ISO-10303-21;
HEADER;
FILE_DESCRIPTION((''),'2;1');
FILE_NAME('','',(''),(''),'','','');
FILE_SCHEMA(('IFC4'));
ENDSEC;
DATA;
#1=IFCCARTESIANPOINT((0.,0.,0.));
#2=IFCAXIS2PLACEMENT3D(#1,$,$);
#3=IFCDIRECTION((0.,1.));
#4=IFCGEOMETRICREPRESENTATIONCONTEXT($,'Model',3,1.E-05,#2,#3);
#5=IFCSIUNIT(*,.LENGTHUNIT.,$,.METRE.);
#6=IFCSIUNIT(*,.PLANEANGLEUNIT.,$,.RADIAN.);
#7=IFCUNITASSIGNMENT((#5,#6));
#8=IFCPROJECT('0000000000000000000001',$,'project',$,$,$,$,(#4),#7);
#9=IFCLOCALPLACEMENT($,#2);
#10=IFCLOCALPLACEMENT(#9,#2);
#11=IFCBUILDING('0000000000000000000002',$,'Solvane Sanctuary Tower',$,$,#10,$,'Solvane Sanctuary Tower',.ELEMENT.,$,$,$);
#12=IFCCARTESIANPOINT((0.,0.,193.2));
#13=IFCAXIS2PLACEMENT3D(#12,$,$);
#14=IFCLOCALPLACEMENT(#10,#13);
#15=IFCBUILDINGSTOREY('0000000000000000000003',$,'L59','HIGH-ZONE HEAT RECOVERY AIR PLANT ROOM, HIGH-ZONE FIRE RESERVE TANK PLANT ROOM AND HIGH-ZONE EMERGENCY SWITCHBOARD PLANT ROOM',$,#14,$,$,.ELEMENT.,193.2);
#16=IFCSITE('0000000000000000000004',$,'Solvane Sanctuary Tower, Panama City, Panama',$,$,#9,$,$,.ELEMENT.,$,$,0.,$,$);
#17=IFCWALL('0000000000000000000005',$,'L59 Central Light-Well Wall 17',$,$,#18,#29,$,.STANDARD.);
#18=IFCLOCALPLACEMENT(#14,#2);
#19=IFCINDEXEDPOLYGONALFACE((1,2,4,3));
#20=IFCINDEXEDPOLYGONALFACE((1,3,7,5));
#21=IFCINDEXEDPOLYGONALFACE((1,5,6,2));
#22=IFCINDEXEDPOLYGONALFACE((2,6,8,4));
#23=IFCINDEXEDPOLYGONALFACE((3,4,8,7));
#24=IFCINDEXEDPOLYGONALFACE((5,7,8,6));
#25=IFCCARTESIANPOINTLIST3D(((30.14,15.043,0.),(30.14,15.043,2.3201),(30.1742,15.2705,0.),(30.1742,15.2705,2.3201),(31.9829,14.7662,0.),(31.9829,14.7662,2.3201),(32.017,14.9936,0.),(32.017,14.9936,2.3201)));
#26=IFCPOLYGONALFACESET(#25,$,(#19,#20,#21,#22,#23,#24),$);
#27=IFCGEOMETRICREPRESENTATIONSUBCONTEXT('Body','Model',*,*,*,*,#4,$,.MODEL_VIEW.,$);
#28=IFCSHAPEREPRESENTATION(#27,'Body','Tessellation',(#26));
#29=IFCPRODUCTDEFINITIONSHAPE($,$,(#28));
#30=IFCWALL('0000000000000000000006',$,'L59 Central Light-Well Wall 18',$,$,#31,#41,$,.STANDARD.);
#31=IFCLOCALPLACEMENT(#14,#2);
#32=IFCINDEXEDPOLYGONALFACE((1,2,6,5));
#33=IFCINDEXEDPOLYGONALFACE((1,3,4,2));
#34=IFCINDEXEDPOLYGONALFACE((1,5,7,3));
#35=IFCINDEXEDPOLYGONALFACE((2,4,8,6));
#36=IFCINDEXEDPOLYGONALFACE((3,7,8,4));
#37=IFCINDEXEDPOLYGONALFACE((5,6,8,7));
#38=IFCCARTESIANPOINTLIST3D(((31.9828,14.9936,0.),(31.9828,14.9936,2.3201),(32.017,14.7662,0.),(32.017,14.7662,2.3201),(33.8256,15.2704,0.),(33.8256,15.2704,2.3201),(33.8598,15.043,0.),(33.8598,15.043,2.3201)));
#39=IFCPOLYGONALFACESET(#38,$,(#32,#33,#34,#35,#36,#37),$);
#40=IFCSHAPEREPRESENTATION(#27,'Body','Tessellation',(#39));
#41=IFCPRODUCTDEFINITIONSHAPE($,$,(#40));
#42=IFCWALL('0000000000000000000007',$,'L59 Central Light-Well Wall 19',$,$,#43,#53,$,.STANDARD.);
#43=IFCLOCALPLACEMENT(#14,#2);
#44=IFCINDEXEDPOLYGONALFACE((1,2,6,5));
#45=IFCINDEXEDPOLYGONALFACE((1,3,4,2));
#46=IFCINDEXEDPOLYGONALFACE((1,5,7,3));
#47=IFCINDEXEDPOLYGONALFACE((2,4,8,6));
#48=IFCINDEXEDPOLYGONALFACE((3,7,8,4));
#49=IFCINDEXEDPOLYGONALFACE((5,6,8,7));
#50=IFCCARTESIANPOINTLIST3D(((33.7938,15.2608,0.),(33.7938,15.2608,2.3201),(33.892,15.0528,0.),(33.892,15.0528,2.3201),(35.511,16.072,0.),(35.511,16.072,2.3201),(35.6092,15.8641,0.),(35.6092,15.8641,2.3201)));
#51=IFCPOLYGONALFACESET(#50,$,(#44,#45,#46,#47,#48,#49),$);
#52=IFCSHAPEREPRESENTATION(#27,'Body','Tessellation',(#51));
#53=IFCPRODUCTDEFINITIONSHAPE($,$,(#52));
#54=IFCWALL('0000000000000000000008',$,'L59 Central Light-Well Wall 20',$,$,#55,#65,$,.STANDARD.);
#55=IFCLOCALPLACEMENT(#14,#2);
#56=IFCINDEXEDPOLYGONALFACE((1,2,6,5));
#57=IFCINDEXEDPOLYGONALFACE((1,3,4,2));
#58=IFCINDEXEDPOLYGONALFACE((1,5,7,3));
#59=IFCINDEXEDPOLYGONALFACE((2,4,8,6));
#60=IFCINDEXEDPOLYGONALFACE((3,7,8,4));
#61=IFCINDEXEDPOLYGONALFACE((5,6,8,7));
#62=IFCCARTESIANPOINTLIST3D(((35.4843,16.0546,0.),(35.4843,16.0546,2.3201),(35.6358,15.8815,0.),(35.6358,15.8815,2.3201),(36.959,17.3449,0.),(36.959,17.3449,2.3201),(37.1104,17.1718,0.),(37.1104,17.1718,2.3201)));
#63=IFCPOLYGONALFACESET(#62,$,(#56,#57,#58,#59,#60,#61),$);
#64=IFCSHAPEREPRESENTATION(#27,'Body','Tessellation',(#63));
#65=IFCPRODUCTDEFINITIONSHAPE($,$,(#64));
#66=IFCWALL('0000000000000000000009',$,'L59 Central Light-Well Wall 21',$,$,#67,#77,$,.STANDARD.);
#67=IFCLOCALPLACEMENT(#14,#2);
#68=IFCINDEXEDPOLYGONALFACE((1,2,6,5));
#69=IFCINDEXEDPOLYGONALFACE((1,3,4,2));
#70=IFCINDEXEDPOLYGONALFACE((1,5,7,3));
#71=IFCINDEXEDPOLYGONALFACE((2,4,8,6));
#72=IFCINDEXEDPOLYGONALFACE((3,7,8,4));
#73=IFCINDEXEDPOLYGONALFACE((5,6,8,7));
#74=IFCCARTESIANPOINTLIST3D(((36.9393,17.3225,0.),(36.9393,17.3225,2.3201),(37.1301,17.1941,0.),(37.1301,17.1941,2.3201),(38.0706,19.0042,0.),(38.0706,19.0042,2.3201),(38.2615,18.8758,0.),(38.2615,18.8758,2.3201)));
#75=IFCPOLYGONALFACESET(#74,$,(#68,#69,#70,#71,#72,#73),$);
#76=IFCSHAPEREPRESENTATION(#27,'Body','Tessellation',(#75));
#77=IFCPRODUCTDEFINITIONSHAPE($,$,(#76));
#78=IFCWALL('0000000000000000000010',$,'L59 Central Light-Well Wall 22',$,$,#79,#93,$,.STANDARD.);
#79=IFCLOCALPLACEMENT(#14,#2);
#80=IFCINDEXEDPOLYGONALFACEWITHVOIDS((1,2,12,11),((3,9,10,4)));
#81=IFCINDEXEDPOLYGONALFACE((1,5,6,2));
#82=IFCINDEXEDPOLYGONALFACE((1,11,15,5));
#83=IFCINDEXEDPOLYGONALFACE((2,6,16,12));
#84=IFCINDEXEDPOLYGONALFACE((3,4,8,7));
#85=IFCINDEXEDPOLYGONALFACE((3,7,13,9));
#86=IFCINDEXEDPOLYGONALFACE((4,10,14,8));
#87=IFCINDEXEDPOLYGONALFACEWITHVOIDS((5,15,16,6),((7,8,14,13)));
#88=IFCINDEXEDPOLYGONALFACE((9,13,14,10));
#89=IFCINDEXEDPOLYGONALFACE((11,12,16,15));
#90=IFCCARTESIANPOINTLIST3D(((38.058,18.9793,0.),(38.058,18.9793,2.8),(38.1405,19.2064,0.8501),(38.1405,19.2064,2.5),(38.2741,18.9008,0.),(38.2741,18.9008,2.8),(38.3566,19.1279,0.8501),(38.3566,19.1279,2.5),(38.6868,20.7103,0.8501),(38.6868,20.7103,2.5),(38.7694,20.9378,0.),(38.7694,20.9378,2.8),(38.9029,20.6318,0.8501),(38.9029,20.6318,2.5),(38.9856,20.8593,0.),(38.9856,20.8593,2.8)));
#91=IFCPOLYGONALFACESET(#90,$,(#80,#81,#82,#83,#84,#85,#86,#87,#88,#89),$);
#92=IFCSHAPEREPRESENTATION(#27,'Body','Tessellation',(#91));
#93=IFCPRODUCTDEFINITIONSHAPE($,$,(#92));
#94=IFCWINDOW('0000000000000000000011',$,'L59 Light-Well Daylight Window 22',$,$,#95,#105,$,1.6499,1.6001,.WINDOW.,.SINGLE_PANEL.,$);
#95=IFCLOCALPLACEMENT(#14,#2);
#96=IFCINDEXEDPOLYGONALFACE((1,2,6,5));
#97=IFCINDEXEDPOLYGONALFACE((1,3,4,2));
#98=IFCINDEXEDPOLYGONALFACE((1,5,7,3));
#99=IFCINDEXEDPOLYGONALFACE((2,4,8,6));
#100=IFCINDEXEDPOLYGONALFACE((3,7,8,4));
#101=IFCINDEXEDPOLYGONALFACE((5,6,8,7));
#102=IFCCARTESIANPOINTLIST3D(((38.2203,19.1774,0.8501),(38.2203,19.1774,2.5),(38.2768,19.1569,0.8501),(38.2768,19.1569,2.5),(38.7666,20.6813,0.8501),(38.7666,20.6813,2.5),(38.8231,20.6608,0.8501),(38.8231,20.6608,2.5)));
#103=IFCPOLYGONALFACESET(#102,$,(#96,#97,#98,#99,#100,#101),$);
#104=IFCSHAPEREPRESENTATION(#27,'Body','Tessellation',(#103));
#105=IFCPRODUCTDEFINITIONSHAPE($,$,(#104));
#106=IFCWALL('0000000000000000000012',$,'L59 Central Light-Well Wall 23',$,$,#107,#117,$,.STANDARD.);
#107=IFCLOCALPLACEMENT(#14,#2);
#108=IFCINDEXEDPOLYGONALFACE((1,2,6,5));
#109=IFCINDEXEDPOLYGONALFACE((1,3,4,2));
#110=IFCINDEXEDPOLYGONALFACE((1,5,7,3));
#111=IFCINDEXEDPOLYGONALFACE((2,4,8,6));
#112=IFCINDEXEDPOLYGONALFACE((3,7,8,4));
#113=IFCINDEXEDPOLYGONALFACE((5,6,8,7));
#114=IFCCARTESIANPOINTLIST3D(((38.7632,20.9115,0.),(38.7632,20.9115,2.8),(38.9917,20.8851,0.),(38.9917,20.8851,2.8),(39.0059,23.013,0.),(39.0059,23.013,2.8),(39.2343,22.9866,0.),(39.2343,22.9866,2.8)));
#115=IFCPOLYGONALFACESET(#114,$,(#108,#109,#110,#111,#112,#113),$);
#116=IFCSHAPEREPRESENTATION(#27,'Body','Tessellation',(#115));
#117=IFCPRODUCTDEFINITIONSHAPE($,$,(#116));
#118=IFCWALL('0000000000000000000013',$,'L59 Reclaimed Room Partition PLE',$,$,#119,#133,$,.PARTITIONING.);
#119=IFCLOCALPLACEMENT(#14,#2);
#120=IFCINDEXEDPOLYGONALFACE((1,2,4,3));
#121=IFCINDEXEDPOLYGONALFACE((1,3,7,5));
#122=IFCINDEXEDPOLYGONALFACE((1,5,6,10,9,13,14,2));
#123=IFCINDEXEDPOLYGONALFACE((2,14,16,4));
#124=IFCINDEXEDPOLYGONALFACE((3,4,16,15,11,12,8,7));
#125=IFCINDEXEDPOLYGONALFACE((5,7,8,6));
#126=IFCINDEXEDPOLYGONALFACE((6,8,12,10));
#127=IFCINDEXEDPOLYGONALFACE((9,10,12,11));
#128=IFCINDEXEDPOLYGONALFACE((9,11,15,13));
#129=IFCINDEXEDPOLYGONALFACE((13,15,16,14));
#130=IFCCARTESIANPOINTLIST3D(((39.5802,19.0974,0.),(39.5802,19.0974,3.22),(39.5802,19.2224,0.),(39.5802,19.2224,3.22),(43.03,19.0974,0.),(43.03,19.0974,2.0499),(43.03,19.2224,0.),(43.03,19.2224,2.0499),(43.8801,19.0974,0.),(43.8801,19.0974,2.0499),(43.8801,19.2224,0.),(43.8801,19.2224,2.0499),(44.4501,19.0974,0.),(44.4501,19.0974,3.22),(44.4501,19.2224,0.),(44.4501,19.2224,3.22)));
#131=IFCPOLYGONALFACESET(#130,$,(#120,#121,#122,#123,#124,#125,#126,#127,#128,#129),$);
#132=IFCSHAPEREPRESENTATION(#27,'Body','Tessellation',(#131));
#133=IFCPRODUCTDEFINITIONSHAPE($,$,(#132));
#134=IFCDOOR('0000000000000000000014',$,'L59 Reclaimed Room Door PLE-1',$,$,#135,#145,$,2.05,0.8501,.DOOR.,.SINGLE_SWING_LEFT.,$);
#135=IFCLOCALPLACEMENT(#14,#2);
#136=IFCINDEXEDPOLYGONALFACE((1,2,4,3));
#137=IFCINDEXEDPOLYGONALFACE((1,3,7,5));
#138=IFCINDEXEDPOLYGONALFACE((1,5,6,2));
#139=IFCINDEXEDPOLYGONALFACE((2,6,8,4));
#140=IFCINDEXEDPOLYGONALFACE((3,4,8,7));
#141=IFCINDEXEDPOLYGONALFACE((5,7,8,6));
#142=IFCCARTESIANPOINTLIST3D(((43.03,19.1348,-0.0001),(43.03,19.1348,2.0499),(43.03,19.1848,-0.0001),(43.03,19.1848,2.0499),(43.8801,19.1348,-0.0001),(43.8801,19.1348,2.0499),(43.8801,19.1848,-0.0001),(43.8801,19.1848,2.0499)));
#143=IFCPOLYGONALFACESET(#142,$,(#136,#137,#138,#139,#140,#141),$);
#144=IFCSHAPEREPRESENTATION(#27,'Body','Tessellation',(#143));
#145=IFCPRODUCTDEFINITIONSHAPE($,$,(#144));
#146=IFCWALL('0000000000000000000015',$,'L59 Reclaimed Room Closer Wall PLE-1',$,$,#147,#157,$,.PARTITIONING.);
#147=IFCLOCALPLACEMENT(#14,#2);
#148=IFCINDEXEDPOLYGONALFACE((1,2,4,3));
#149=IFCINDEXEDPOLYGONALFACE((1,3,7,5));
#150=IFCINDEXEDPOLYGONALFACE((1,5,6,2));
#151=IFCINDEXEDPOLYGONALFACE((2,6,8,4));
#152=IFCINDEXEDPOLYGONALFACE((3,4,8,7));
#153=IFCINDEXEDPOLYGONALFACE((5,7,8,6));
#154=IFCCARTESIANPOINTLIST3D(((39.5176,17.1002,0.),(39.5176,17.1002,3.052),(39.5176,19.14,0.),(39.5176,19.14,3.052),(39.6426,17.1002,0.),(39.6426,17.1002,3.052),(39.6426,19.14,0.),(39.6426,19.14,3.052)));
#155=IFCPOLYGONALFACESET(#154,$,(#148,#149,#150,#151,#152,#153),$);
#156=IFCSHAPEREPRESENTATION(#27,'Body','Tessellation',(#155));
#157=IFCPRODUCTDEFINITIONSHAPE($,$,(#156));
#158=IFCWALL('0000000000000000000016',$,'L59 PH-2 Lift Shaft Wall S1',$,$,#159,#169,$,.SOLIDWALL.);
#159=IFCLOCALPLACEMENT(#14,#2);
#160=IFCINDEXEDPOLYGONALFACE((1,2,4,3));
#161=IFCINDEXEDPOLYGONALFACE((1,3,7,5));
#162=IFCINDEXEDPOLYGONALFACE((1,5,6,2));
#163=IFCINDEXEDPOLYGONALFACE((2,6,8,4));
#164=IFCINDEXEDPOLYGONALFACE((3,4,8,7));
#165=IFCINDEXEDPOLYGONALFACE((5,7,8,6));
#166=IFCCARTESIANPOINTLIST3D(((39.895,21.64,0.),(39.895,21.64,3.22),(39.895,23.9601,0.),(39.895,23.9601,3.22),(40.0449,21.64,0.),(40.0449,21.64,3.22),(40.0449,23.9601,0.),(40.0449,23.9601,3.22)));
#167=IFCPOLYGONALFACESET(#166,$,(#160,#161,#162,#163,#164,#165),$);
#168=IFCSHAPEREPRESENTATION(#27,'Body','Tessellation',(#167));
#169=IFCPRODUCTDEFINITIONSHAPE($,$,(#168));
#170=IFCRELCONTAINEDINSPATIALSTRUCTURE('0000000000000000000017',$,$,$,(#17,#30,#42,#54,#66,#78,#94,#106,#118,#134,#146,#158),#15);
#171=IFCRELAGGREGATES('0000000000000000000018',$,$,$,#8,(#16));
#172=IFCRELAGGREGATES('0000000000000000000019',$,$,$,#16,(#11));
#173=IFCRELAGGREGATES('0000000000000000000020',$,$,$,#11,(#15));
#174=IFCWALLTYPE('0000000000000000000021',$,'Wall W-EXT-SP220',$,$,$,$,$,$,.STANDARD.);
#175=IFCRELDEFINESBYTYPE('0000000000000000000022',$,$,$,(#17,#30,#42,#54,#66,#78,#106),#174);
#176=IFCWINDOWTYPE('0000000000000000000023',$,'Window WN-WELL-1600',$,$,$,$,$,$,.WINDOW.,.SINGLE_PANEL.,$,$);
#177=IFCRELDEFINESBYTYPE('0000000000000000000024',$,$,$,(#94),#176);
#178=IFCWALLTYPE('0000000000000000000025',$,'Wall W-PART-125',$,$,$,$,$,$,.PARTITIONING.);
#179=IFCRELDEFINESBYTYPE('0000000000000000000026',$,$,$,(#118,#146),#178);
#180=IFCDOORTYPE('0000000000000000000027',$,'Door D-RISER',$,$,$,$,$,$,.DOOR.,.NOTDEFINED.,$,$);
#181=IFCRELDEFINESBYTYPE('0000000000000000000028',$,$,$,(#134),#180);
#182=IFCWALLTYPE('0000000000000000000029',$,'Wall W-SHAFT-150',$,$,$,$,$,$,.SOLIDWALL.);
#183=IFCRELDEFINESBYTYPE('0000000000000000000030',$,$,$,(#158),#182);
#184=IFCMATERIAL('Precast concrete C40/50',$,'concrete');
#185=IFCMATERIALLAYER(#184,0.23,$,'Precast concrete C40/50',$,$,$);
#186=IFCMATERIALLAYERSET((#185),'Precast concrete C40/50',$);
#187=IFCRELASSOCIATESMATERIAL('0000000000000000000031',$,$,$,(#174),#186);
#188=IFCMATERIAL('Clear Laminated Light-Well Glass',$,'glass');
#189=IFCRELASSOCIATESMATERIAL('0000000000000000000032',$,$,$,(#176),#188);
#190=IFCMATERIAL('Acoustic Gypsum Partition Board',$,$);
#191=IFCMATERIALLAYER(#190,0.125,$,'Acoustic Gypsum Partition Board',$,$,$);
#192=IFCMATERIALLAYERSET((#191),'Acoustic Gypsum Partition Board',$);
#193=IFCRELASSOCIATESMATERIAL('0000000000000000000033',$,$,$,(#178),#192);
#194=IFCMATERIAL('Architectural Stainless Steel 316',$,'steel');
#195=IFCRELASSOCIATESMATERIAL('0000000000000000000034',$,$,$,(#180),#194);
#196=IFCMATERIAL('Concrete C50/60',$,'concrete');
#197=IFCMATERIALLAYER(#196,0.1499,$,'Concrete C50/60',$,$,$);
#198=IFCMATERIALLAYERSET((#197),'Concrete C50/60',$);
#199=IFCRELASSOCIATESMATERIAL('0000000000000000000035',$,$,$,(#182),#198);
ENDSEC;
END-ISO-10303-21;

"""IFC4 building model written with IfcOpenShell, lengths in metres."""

from ifc_helpers import new_model, si_unit, direction, frame, frame_2d, origin, place, context, subcontext, project, spatial, rectangle, extrude, material, layer, layer_set, type_object, element, fill, save


model = new_model("IFC4")

# Units and contexts
model_context = context("Model", 3, precision=1e-05, world=origin(), true_north=direction((0.0, 1.0)))
body_context = subcontext(model_context, "Body", "Model", "MODEL_VIEW")
ifc_project = project(units=[si_unit("LENGTHUNIT", "METRE"), si_unit("PLANEANGLEUNIT", "RADIAN")], contexts=[model_context])

# Site, building, storey
site_placement = place(None, origin())
site = spatial("IfcSite", under=ifc_project, at=site_placement, Name="Solvane Sanctuary Tower, Panama City, Panama", CompositionType="ELEMENT", RefElevation=0.0)
building_placement = place(site_placement, origin())
building = spatial("IfcBuilding", under=site, at=building_placement, Name="Solvane Sanctuary Tower", LongName="Solvane Sanctuary Tower", CompositionType="ELEMENT")
storey_placement = place(building_placement, frame((0.0, 0.0, 193.2)))
storey = spatial("IfcBuildingStorey", under=building, at=storey_placement, Name="L59", Description="HIGH-ZONE HEAT RECOVERY AIR PLANT ROOM, HIGH-ZONE FIRE RESERVE TANK PLANT ROOM AND HIGH-ZONE EMERGENCY SWITCHBOARD PLANT ROOM", CompositionType="ELEMENT", Elevation=193.2)

# Shared definitions
ifc_material_1 = material(Name="Concrete C50/60", Category="concrete")

# Walls
ifc_material_2 = material(Name="Precast concrete C40/50", Category="concrete")
ifc_layer_1 = layer(ifc_material_2, 0.23, Name="Precast concrete C40/50")
ifc_layer_set_1 = layer_set([ifc_layer_1], Name="Precast concrete C40/50")
wall_type_1 = type_object("IfcWallType", Name="Wall W-EXT-SP220", PredefinedType="STANDARD", material=ifc_layer_set_1)
for number, where, z_axis, x_axis, name in (
    (1, (30.1572, 15.1567, 0.0), (0.0, 0.0, 1.0), (0.988902, -0.148571, 0.0), "L59 Central Light-Well Wall 17"),
    (2, (32.0, 14.8799, 0.0), (0.0, 0.0, 1.0), (0.988902, 0.148571, 0.0), "L59 Central Light-Well Wall 18"),
):
    element("IfcWall", number, at=place(storey_placement, frame(where, z_axis=z_axis, x_axis=x_axis)), inside=storey, type_object=wall_type_1, Name=name, PredefinedType="STANDARD", context=body_context, shape_type="SweptSolid", body=[
        extrude(rectangle(XDim=1.8635, YDim=0.23, at=frame_2d((0.9316, 0.0))), origin(), (0.0, 0.0, 1.0), 2.3201),
    ])
wall_1_placement = place(storey_placement, frame((33.8428, 15.1567, 0.0), z_axis=(0.0, 0.0, 1.0), x_axis=(0.90418, 0.427152, 0.0)))
element("IfcWall", 3, at=wall_1_placement, inside=storey, type_object=wall_type_1, Name="L59 Central Light-Well Wall 19", PredefinedType="STANDARD", context=body_context, shape_type="SweptSolid", body=[
    extrude(rectangle(XDim=1.8992, YDim=0.23, at=frame_2d((0.9497, 0.0))), origin(), (0.0, 0.0, 1.0), 2.3201),
])
wall_2_placement = place(storey_placement, frame((35.5601, 15.968, 0.0), z_axis=(0.0, 0.0, 1.0), x_axis=(0.752577, 0.658505, 0.0)))
element("IfcWall", 4, at=wall_2_placement, inside=storey, type_object=wall_type_1, Name="L59 Central Light-Well Wall 20", PredefinedType="STANDARD", context=body_context, shape_type="SweptSolid", body=[
    extrude(rectangle(XDim=1.9595, YDim=0.23, at=frame_2d((0.9797, 0.0))), origin(), (0.0, 0.0, 1.0), 2.3201),
])
wall_3_placement = place(storey_placement, frame((37.0347, 17.2583, 0.0), z_axis=(0.0, 0.0, 1.0), x_axis=(0.558198, 0.829708, 0.0)))
element("IfcWall", 5, at=wall_3_placement, inside=storey, type_object=wall_type_1, Name="L59 Central Light-Well Wall 21", PredefinedType="STANDARD", context=body_context, shape_type="SweptSolid", body=[
    extrude(rectangle(XDim=2.0269, YDim=0.23, at=frame_2d((1.0134, 0.0))), origin(), (0.0, 0.0, 1.0), 2.3201),
])

# Wall, opening, window
wall_4_placement = place(storey_placement, frame((38.166, 18.9399, 0.0), z_axis=(0.0, 0.0, 1.0), x_axis=(0.341423, 0.93991, 0.0)))
wall_4 = element("IfcWall", 6, at=wall_4_placement, inside=storey, type_object=wall_type_1, Name="L59 Central Light-Well Wall 22", PredefinedType="STANDARD", context=body_context, shape_type="SweptSolid", body=[
    extrude(rectangle(XDim=2.0837, YDim=0.23, at=frame_2d((1.042, 0.0))), origin(), (0.0, 0.0, 1.0), 2.8),
])
opening_1_placement = place(wall_4_placement, frame((0.2417, 0.0, 0.8501)))
opening_1 = element("IfcOpeningElement", 7, at=opening_1_placement, cuts=wall_4, PredefinedType="OPENING", context=body_context, shape_type="SweptSolid", body=[
    extrude(rectangle(XDim=1.6001, YDim=1.6499, at=frame_2d((0.8, 0.825))), frame((0.0, 0.125, 0.0), z_axis=(0.0, -1.0, 0.0), x_axis=(1.0, 0.0, 0.0)), (0.0, 0.0, 1.0), 0.25),
])
ifc_material_3 = material(Name="Clear Laminated Light-Well Glass", Category="glass")
window_type = type_object("IfcWindowType", Name="Window WN-WELL-1600", PartitioningType="SINGLE_PANEL", PredefinedType="WINDOW", material=ifc_material_3)
window_placement = place(opening_1_placement, origin())
window = element("IfcWindow", 8, at=window_placement, inside=storey, type_object=window_type, Name="L59 Light-Well Daylight Window 22", OverallHeight=1.6499, OverallWidth=1.6001, PartitioningType="SINGLE_PANEL", PredefinedType="WINDOW", context=body_context, shape_type="SweptSolid", body=[
    extrude(rectangle(XDim=1.6001, YDim=1.6499, at=frame_2d((0.8, 0.825))), frame((0.0, 0.03, 0.0), z_axis=(0.0, -1.0, 0.0), x_axis=(1.0, 0.0, 0.0)), (0.0, 0.0, 1.0), 0.0601),
])
fill(opening_1, window)

# Wall
wall_5_placement = place(storey_placement, frame((38.8774, 20.8984, 0.0), z_axis=(0.0, 0.0, 1.0), x_axis=(0.114712, 0.993399, 0.0)))
element("IfcWall", 9, at=wall_5_placement, inside=storey, type_object=wall_type_1, Name="L59 Central Light-Well Wall 23", PredefinedType="STANDARD", context=body_context, shape_type="SweptSolid", body=[
    extrude(rectangle(XDim=2.1155, YDim=0.23, at=frame_2d((1.0576, 0.0))), origin(), (0.0, 0.0, 1.0), 2.8),
])

# Wall, opening, door
ifc_material_4 = material(Name="Acoustic Gypsum Partition Board")
ifc_layer_2 = layer(ifc_material_4, 0.125, Name="Acoustic Gypsum Partition Board")
ifc_layer_set_2 = layer_set([ifc_layer_2], Name="Acoustic Gypsum Partition Board")
wall_type_2 = type_object("IfcWallType", Name="Wall W-PART-125", PredefinedType="PARTITIONING", material=ifc_layer_set_2)
wall_6_placement = place(storey_placement, frame((39.5801, 19.1599, 0.0), z_axis=(0.0, 0.0, 1.0), x_axis=(1.0, 0.0, 0.0)))
wall_6 = element("IfcWall", 10, at=wall_6_placement, inside=storey, type_object=wall_type_2, Name="L59 Reclaimed Room Partition PLE", PredefinedType="PARTITIONING", context=body_context, shape_type="SweptSolid", body=[
    extrude(rectangle(XDim=4.8699, YDim=0.125, at=frame_2d((2.4351, 0.0))), origin(), (0.0, 0.0, 1.0), 3.22),
])
opening_2_placement = place(wall_6_placement, frame((3.45, 0.0, 0.0)))
opening_2 = element("IfcOpeningElement", 11, at=opening_2_placement, cuts=wall_6, PredefinedType="OPENING", context=body_context, shape_type="SweptSolid", body=[
    extrude(rectangle(XDim=0.8501, YDim=2.05, at=frame_2d((0.425, 1.0249))), frame((0.0, 0.0725, 0.0), z_axis=(0.0, -1.0, 0.0), x_axis=(1.0, 0.0, 0.0)), (0.0, 0.0, 1.0), 0.145),
])
ifc_material_5 = material(Name="Architectural Stainless Steel 316", Category="steel")
door_type = type_object("IfcDoorType", Name="Door D-RISER", OperationType="NOTDEFINED", PredefinedType="DOOR", material=ifc_material_5)
door_placement = place(opening_2_placement, origin())
door = element("IfcDoor", 12, at=door_placement, inside=storey, type_object=door_type, Name="L59 Reclaimed Room Door PLE-1", OperationType="SINGLE_SWING_LEFT", OverallHeight=2.05, OverallWidth=0.8501, PredefinedType="DOOR", context=body_context, shape_type="SweptSolid", body=[
    extrude(rectangle(XDim=0.8501, YDim=2.05, at=frame_2d((0.425, 1.0249))), frame((0.0, 0.0249, 0.0), z_axis=(0.0, -1.0, 0.0), x_axis=(1.0, 0.0, 0.0)), (0.0, 0.0, 1.0), 0.05),
])
fill(opening_2, door)

# Walls
wall_7_placement = place(storey_placement, frame((39.5801, 17.1001, 0.0), z_axis=(0.0, 0.0, 1.0), x_axis=(0.0, 1.0, 0.0)))
element("IfcWall", 13, at=wall_7_placement, inside=storey, type_object=wall_type_2, Name="L59 Reclaimed Room Closer Wall PLE-1", PredefinedType="PARTITIONING", context=body_context, shape_type="SweptSolid", body=[
    extrude(rectangle(XDim=2.0398, YDim=0.125, at=frame_2d((1.02, 0.0))), origin(), (0.0, 0.0, 1.0), 3.052),
])
ifc_layer_3 = layer(ifc_material_1, 0.1499, Name="Concrete C50/60")
ifc_layer_set_3 = layer_set([ifc_layer_3], Name="Concrete C50/60")
wall_type_3 = type_object("IfcWallType", Name="Wall W-SHAFT-150", PredefinedType="SOLIDWALL", material=ifc_layer_set_3)
wall_8_placement = place(storey_placement, frame((39.97, 21.6399, 0.0), z_axis=(0.0, 0.0, 1.0), x_axis=(0.0, 1.0, 0.0)))
element("IfcWall", 14, at=wall_8_placement, inside=storey, type_object=wall_type_3, Name="L59 PH-2 Lift Shaft Wall S1", PredefinedType="SOLIDWALL", context=body_context, shape_type="SweptSolid", body=[
    extrude(rectangle(XDim=2.3201, YDim=0.1499, at=frame_2d((1.1602, 0.0))), origin(), (0.0, 0.0, 1.0), 3.22),
])

save(model, "model.ifc")
